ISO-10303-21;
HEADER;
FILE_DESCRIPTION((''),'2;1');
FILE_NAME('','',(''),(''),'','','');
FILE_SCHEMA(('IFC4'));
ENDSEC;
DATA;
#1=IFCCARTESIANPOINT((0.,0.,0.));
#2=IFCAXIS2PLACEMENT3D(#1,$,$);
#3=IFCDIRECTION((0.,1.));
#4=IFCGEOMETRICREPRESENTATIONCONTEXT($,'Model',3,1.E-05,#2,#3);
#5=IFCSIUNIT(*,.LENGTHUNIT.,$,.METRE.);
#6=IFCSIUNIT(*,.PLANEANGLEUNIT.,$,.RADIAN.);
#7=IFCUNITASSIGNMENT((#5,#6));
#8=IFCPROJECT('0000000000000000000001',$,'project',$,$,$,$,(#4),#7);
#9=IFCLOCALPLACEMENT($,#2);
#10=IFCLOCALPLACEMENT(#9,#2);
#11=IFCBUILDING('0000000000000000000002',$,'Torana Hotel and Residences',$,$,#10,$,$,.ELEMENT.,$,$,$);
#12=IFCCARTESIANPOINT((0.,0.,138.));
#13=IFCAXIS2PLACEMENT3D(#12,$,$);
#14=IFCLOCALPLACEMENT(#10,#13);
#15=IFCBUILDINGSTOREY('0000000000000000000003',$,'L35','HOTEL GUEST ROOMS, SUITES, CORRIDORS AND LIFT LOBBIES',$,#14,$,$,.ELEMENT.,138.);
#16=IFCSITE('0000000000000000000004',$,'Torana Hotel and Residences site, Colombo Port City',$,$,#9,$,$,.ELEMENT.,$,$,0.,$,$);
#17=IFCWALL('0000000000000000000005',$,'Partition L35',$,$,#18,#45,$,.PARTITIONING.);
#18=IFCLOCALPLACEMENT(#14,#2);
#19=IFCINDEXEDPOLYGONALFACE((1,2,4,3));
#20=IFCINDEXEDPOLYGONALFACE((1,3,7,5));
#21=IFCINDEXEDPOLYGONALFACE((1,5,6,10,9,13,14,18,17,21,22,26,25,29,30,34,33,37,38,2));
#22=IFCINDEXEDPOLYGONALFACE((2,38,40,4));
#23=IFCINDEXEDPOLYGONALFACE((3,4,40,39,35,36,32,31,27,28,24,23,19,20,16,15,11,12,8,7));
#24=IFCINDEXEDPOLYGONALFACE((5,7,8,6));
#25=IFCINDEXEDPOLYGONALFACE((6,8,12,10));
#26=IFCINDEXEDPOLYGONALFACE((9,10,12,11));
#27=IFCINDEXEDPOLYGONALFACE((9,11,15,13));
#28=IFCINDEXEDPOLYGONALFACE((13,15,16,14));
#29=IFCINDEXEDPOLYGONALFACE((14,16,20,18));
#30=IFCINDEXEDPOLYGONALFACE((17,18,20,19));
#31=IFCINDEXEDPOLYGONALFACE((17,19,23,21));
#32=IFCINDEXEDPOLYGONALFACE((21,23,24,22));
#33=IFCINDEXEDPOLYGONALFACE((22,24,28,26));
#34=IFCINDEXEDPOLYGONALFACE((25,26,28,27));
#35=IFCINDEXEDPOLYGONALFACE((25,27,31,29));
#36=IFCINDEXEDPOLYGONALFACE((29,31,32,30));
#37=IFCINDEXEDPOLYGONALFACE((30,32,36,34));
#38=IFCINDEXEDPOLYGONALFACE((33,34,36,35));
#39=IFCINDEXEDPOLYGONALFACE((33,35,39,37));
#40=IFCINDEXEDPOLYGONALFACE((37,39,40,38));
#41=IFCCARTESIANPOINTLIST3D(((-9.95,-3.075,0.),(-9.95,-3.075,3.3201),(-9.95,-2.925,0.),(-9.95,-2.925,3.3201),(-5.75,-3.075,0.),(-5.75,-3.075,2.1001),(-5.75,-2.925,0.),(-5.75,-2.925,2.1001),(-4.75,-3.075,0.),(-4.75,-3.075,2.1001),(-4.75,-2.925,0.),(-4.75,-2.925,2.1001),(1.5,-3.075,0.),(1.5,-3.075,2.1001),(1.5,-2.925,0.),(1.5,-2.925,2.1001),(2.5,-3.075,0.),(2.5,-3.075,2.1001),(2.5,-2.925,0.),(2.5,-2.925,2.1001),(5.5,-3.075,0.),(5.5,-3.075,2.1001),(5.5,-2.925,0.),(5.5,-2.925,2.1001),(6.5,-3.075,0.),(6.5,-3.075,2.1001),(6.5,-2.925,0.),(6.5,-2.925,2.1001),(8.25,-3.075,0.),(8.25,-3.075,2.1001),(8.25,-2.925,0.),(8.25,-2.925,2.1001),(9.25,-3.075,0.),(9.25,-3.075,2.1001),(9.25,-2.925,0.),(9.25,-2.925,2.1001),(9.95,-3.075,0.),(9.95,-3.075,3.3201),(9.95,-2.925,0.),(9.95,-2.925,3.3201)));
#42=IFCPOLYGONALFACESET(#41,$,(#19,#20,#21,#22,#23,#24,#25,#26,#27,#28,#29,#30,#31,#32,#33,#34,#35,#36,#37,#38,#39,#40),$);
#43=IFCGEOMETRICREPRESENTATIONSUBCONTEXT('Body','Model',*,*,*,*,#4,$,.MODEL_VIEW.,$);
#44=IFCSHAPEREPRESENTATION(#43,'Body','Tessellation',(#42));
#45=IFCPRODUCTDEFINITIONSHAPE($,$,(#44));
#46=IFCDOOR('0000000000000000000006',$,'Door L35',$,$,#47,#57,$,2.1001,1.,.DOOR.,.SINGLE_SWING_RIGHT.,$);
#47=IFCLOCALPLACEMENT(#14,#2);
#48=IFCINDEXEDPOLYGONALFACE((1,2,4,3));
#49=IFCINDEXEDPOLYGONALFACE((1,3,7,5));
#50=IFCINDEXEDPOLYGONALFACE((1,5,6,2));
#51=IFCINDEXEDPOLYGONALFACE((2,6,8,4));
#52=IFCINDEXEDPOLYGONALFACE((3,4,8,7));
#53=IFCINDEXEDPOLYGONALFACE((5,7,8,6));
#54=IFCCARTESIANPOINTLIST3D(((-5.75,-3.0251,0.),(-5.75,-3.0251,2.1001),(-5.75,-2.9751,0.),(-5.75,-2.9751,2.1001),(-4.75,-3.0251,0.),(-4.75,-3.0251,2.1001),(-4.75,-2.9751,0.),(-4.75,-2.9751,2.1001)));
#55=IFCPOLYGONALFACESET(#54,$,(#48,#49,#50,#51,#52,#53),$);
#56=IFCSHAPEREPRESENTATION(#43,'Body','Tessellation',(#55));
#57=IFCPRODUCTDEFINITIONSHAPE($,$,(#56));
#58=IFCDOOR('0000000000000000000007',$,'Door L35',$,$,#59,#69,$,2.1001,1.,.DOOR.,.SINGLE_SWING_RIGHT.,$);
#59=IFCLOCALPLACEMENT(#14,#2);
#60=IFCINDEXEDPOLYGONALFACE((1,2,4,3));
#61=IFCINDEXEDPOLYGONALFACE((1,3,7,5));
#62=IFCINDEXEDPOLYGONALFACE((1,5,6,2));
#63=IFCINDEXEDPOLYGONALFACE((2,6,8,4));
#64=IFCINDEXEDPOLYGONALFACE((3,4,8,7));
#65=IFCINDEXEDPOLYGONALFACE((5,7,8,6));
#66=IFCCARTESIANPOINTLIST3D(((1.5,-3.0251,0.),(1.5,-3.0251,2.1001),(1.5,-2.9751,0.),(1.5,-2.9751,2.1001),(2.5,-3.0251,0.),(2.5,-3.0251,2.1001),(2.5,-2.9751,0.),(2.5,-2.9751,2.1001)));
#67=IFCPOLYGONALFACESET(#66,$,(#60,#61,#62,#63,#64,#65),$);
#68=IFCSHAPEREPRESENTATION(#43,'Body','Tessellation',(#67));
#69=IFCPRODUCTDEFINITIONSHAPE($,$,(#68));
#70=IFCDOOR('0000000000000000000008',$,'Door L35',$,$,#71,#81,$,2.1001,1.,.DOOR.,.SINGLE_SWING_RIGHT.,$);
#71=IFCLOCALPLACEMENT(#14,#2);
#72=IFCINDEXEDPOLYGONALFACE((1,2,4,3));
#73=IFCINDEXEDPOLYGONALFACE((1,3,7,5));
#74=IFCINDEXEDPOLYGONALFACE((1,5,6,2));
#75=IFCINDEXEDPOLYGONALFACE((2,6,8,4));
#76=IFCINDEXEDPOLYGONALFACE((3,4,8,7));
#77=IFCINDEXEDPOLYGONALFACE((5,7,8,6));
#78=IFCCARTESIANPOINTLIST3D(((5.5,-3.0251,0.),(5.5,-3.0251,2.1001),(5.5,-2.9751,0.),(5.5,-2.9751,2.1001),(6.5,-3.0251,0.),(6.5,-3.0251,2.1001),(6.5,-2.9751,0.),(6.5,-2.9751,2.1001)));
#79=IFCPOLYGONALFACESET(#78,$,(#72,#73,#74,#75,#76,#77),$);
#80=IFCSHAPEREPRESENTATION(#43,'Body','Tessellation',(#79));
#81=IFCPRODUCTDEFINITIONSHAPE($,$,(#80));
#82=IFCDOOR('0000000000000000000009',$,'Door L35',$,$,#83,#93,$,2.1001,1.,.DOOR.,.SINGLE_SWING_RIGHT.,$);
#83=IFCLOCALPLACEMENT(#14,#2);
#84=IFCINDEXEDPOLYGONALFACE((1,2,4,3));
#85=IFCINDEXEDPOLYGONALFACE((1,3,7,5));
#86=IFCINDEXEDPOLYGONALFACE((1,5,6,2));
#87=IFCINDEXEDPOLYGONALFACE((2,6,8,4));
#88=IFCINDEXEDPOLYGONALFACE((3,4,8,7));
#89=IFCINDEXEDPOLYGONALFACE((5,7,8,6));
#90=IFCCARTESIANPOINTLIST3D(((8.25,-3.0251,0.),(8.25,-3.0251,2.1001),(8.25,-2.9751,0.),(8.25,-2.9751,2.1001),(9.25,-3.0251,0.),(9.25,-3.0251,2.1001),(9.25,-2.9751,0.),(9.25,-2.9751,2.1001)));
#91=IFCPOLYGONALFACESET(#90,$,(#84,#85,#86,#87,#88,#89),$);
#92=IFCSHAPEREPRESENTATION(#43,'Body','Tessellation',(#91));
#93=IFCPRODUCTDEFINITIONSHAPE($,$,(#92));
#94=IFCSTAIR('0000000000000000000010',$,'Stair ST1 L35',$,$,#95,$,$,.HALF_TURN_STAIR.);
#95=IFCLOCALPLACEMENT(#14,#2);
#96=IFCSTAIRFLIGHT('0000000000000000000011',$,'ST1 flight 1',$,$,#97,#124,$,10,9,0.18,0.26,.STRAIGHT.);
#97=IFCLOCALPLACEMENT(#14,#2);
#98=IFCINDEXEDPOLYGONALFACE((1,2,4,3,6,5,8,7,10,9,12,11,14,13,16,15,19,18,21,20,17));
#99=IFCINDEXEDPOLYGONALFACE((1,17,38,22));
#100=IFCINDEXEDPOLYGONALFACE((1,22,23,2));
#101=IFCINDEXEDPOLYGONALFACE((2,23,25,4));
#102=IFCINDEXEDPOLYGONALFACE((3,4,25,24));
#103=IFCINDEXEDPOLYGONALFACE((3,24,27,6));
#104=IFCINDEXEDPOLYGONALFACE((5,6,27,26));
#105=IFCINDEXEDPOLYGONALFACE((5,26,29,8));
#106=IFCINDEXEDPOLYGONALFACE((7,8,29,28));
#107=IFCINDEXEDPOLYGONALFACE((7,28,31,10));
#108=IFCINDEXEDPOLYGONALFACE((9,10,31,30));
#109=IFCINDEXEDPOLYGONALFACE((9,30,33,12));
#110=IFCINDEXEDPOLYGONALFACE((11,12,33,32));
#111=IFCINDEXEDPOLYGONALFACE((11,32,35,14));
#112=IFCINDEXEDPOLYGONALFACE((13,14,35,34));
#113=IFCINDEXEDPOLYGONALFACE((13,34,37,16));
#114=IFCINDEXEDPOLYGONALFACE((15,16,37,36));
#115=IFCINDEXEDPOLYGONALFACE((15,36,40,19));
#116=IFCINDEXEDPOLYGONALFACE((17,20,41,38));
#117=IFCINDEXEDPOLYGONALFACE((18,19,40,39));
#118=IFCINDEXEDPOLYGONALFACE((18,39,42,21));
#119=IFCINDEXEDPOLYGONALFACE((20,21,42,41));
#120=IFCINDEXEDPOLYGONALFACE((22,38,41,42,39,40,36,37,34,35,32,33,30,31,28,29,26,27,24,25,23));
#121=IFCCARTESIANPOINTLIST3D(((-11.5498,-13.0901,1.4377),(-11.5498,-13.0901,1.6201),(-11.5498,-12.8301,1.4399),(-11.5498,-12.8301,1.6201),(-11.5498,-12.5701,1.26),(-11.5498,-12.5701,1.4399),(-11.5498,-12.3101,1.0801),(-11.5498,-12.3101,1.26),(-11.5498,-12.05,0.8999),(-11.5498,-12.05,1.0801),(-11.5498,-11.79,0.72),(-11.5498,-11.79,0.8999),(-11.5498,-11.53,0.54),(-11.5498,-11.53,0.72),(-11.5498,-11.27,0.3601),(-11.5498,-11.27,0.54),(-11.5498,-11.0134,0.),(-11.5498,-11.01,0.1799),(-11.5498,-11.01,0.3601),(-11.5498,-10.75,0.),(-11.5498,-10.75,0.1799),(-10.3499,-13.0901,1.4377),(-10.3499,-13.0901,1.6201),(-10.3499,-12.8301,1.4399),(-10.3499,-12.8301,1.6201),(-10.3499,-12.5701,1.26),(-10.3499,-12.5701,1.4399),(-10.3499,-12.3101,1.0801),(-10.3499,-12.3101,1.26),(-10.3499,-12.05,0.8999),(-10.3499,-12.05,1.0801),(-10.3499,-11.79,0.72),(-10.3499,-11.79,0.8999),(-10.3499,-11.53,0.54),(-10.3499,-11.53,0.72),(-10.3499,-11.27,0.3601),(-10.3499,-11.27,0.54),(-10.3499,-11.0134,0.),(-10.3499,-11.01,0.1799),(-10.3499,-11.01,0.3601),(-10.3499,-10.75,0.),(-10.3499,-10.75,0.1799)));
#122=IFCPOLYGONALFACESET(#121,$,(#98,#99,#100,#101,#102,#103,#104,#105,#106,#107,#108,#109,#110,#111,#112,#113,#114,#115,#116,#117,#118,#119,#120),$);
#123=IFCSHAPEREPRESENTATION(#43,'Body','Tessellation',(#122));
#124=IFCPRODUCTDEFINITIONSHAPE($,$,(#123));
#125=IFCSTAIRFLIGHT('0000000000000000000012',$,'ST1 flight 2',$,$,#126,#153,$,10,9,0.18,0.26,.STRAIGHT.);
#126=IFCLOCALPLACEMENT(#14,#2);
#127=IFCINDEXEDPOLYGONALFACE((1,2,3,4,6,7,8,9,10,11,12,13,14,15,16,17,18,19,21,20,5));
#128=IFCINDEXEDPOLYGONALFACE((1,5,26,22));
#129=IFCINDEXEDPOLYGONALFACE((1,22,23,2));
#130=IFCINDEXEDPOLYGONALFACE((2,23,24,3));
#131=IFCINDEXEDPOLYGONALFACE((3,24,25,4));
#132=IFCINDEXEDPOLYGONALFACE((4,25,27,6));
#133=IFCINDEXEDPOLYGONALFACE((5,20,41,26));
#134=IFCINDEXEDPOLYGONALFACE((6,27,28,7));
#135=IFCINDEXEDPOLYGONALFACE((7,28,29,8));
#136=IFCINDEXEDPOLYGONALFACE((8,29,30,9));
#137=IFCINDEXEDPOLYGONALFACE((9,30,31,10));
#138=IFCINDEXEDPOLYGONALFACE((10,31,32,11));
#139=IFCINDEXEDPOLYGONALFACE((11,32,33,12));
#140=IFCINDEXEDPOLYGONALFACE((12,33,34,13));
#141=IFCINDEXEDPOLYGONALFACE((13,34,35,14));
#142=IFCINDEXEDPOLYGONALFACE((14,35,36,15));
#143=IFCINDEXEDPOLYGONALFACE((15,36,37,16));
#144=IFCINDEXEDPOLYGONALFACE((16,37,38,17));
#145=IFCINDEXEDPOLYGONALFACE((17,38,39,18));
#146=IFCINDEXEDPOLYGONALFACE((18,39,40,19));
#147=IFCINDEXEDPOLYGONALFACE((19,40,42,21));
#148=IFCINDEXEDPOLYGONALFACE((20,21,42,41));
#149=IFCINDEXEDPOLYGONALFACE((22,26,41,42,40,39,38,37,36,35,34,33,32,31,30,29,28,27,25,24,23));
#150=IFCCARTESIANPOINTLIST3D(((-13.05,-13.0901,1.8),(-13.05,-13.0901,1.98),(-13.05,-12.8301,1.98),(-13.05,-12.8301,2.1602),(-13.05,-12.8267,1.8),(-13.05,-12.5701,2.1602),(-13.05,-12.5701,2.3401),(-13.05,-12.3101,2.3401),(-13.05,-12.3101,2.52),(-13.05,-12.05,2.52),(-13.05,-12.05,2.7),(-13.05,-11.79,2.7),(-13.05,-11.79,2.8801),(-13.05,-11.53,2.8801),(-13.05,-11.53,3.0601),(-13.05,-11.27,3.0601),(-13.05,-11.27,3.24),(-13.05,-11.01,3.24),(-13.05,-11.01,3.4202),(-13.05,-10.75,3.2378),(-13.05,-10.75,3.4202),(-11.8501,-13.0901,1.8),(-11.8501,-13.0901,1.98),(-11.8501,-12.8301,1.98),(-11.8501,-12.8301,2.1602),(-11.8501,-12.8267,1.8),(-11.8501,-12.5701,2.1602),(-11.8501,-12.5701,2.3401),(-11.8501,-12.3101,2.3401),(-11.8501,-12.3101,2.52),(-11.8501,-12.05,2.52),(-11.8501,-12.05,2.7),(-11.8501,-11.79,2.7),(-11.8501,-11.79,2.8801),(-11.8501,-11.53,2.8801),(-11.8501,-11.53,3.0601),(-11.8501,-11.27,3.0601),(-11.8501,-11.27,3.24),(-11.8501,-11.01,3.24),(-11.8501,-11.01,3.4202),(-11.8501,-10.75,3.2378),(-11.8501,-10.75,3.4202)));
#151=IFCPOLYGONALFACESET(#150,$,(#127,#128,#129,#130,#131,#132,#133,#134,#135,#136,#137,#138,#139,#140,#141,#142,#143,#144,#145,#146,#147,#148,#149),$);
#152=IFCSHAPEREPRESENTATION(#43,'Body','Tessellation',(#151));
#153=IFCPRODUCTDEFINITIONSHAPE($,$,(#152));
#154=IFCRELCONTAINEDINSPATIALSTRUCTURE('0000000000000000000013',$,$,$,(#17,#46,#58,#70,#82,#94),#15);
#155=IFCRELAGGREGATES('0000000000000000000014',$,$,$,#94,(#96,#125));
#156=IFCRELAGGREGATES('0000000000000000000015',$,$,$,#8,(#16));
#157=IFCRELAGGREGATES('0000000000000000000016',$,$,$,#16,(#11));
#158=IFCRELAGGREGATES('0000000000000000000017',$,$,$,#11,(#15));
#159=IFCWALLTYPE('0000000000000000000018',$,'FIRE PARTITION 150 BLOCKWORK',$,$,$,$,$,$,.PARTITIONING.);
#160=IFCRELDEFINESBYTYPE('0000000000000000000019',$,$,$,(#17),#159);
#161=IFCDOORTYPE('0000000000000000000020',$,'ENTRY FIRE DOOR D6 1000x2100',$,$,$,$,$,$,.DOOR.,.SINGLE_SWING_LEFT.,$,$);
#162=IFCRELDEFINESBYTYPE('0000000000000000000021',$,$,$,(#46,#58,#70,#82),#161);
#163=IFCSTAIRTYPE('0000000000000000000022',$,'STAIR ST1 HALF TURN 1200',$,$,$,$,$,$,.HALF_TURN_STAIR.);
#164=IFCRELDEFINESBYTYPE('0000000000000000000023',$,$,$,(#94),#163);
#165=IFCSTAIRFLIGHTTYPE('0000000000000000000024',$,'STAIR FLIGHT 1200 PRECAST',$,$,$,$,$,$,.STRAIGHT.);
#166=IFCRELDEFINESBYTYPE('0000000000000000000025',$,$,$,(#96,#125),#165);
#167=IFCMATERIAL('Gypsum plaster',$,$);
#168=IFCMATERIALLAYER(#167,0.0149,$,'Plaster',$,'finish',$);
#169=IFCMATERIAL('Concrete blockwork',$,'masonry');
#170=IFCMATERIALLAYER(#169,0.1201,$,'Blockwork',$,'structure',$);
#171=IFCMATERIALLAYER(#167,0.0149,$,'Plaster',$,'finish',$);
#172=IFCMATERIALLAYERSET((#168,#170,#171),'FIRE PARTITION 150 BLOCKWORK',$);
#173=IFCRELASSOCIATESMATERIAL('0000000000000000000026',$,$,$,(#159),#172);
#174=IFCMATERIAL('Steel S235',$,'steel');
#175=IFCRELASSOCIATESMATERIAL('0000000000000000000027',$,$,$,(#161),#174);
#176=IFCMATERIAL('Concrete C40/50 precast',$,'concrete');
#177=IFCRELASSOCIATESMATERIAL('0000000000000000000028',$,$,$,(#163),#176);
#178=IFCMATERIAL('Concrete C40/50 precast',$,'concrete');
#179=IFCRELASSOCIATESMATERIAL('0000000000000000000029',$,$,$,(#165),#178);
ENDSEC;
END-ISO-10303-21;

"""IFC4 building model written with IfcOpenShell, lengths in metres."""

from ifc_helpers import new_model, si_unit, direction, frame, frame_2d, origin, place, context, subcontext, project, spatial, polyline, rectangle, outline, extrude, material, layer, layer_set, type_object, element, fill, aggregate, save


model = new_model("IFC4")

# Units and contexts
model_context = context("Model", 3, precision=1e-05, world=origin(), true_north=direction((0.0, 1.0)))
body_context = subcontext(model_context, "Body", "Model", "MODEL_VIEW")
ifc_project = project(units=[si_unit("LENGTHUNIT", "METRE"), si_unit("PLANEANGLEUNIT", "RADIAN")], contexts=[model_context])

# Site, building, storey
site_placement = place(None, origin())
site = spatial("IfcSite", under=ifc_project, at=site_placement, Name="Torana Hotel and Residences site, Colombo Port City", CompositionType="ELEMENT", RefElevation=0.0)
building_placement = place(site_placement, origin())
building = spatial("IfcBuilding", under=site, at=building_placement, Name="Torana Hotel and Residences", CompositionType="ELEMENT")
storey_placement = place(building_placement, frame((0.0, 0.0, 138.0)))
storey = spatial("IfcBuildingStorey", under=building, at=storey_placement, Name="L35", Description="HOTEL GUEST ROOMS, SUITES, CORRIDORS AND LIFT LOBBIES", CompositionType="ELEMENT", Elevation=138.0)

# Shared definitions
ifc_material_1 = material(Name="Gypsum plaster")
ifc_layer_1 = layer(ifc_material_1, 0.0149, Name="Plaster", Category="finish")
ifc_material_2 = material(Name="Concrete blockwork", Category="masonry")
ifc_layer_2 = layer(ifc_material_2, 0.1201, Name="Blockwork", Category="structure")
ifc_layer_3 = layer(ifc_material_1, 0.0149, Name="Plaster", Category="finish")
ifc_layer_set_1 = layer_set([ifc_layer_1, ifc_layer_2, ifc_layer_3], Name="FIRE PARTITION 150 BLOCKWORK")
wall_type_1 = type_object("IfcWallType", Name="FIRE PARTITION 150 BLOCKWORK", PredefinedType="PARTITIONING", material=ifc_layer_set_1)

# Wall, openings, doors
ifc_material_3 = material(Name="Steel S235", Category="steel")
door_type_1 = type_object("IfcDoorType", Name="ENTRY FIRE DOOR D6 1000x2100", OperationType="SINGLE_SWING_LEFT", PredefinedType="DOOR", material=ifc_material_3)
wall_1_placement = place(storey_placement, frame((-9.95, -3.0, 0.0), z_axis=(0.0, 0.0, 1.0), x_axis=(1.0, 0.0, 0.0)))
wall_1 = element("IfcWall", 1, at=wall_1_placement, inside=storey, type_object=wall_type_1, Name="Partition L35", PredefinedType="PARTITIONING", context=body_context, shape_type="SweptSolid", body=[
    extrude(rectangle(XDim=19.8999, YDim=0.1499, at=frame_2d((9.95, 0.0))), origin(), (0.0, 0.0, 1.0), 3.3201),
])
opening_1_placement = place(wall_1_placement, frame((4.2, 0.0, 0.0)))
opening_1 = element("IfcOpeningElement", 2, at=opening_1_placement, cuts=wall_1, PredefinedType="OPENING", context=body_context, shape_type="SweptSolid", body=[
    extrude(rectangle(XDim=1.0, YDim=2.1001, at=frame_2d((0.5, 1.05))), frame((0.0, 0.085, 0.0), z_axis=(0.0, -1.0, 0.0), x_axis=(1.0, 0.0, 0.0)), (0.0, 0.0, 1.0), 0.1699),
])
opening_2_placement = place(wall_1_placement, frame((11.45, 0.0, 0.0)))
opening_2 = element("IfcOpeningElement", 3, at=opening_2_placement, cuts=wall_1, PredefinedType="OPENING", context=body_context, shape_type="SweptSolid", body=[
    extrude(rectangle(XDim=1.0, YDim=2.1001, at=frame_2d((0.5, 1.05))), frame((0.0, 0.085, 0.0), z_axis=(0.0, -1.0, 0.0), x_axis=(1.0, 0.0, 0.0)), (0.0, 0.0, 1.0), 0.1699),
])
opening_3_placement = place(wall_1_placement, frame((15.45, 0.0, 0.0)))
opening_3 = element("IfcOpeningElement", 4, at=opening_3_placement, cuts=wall_1, PredefinedType="OPENING", context=body_context, shape_type="SweptSolid", body=[
    extrude(rectangle(XDim=1.0, YDim=2.1001, at=frame_2d((0.5, 1.05))), frame((0.0, 0.085, 0.0), z_axis=(0.0, -1.0, 0.0), x_axis=(1.0, 0.0, 0.0)), (0.0, 0.0, 1.0), 0.1699),
])
opening_4_placement = place(wall_1_placement, frame((18.2, 0.0, 0.0)))
opening_4 = element("IfcOpeningElement", 5, at=opening_4_placement, cuts=wall_1, PredefinedType="OPENING", context=body_context, shape_type="SweptSolid", body=[
    extrude(rectangle(XDim=1.0, YDim=2.1001, at=frame_2d((0.5, 1.05))), frame((0.0, 0.085, 0.0), z_axis=(0.0, -1.0, 0.0), x_axis=(1.0, 0.0, 0.0)), (0.0, 0.0, 1.0), 0.1699),
])
door_1_placement = place(opening_1_placement, origin())
door_1 = element("IfcDoor", 6, at=door_1_placement, inside=storey, type_object=door_type_1, Name="Door L35", OperationType="SINGLE_SWING_RIGHT", OverallHeight=2.1001, OverallWidth=1.0, PredefinedType="DOOR", context=body_context, shape_type="SweptSolid", body=[
    extrude(rectangle(XDim=1.0, YDim=2.1001, at=frame_2d((0.5, 1.05))), frame((0.0, 0.0249, 0.0), z_axis=(0.0, -1.0, 0.0), x_axis=(1.0, 0.0, 0.0)), (0.0, 0.0, 1.0), 0.05),
])
fill(opening_1, door_1)
door_2_placement = place(opening_2_placement, origin())
door_2 = element("IfcDoor", 7, at=door_2_placement, inside=storey, type_object=door_type_1, Name="Door L35", OperationType="SINGLE_SWING_RIGHT", OverallHeight=2.1001, OverallWidth=1.0, PredefinedType="DOOR", context=body_context, shape_type="SweptSolid", body=[
    extrude(rectangle(XDim=1.0, YDim=2.1001, at=frame_2d((0.5, 1.05))), frame((0.0, 0.0249, 0.0), z_axis=(0.0, -1.0, 0.0), x_axis=(1.0, 0.0, 0.0)), (0.0, 0.0, 1.0), 0.05),
])
fill(opening_2, door_2)
door_3_placement = place(opening_3_placement, origin())
door_3 = element("IfcDoor", 8, at=door_3_placement, inside=storey, type_object=door_type_1, Name="Door L35", OperationType="SINGLE_SWING_RIGHT", OverallHeight=2.1001, OverallWidth=1.0, PredefinedType="DOOR", context=body_context, shape_type="SweptSolid", body=[
    extrude(rectangle(XDim=1.0, YDim=2.1001, at=frame_2d((0.5, 1.05))), frame((0.0, 0.0249, 0.0), z_axis=(0.0, -1.0, 0.0), x_axis=(1.0, 0.0, 0.0)), (0.0, 0.0, 1.0), 0.05),
])
fill(opening_3, door_3)
door_4_placement = place(opening_4_placement, origin())
door_4 = element("IfcDoor", 9, at=door_4_placement, inside=storey, type_object=door_type_1, Name="Door L35", OperationType="SINGLE_SWING_RIGHT", OverallHeight=2.1001, OverallWidth=1.0, PredefinedType="DOOR", context=body_context, shape_type="SweptSolid", body=[
    extrude(rectangle(XDim=1.0, YDim=2.1001, at=frame_2d((0.5, 1.05))), frame((0.0, 0.0249, 0.0), z_axis=(0.0, -1.0, 0.0), x_axis=(1.0, 0.0, 0.0)), (0.0, 0.0, 1.0), 0.05),
])
fill(opening_4, door_4)

# Stair, stair flights
ifc_material_4 = material(Name="Concrete C40/50 precast", Category="concrete")
stair_type = type_object("IfcStairType", Name="STAIR ST1 HALF TURN 1200", PredefinedType="HALF_TURN_STAIR", material=ifc_material_4)
stair_placement = place(storey_placement, origin())
stair = element("IfcStair", 10, at=stair_placement, inside=storey, type_object=stair_type, Name="Stair ST1 L35", PredefinedType="HALF_TURN_STAIR")
ifc_material_5 = material(Name="Concrete C40/50 precast", Category="concrete")
stair_flight_type = type_object("IfcStairFlightType", Name="STAIR FLIGHT 1200 PRECAST", PredefinedType="STRAIGHT", material=ifc_material_5)
stair_flight_1_placement = place(storey_placement, frame((-10.95, -10.75, 0.0), z_axis=(0.0, 0.0, 1.0), x_axis=(0.0, -1.0, 0.0)))
stair_flight_1 = element("IfcStairFlight", 11, at=stair_flight_1_placement, type_object=stair_flight_type, Name="ST1 flight 1", NumberOfRisers=10, NumberOfTreads=9, PredefinedType="STRAIGHT", RiserHeight=0.18, TreadLength=0.26, context=body_context, shape_type="SweptSolid", body=[
    extrude(outline(polyline([(0.0, 0.0), (0.0, 0.1799), (0.26, 0.1799), (0.26, 0.3601), (0.52, 0.3601), (0.52, 0.54), (0.78, 0.54), (0.78, 0.72), (1.04, 0.72), (1.04, 0.8999), (1.3, 0.8999), (1.3, 1.0801), (1.5601, 1.0801), (1.5601, 1.26), (1.8201, 1.26), (1.8201, 1.4399), (2.0801, 1.4399), (2.0801, 1.6201), (2.3401, 1.6201), (2.3401, 1.8), (2.3401, 1.4377), (0.2634, 0.0), (0.0, 0.0)])), frame((0.0, 0.6001, 0.0), z_axis=(0.0, -1.0, 0.0), x_axis=(1.0, 0.0, 0.0)), (0.0, 0.0, 1.0), 1.2),
])
stair_flight_2_placement = place(storey_placement, frame((-12.45, -13.0901, 1.8), z_axis=(0.0, 0.0, 1.0), x_axis=(0.0, 1.0, 0.0)))
stair_flight_2 = element("IfcStairFlight", 12, at=stair_flight_2_placement, type_object=stair_flight_type, Name="ST1 flight 2", NumberOfRisers=10, NumberOfTreads=9, PredefinedType="STRAIGHT", RiserHeight=0.18, TreadLength=0.26, context=body_context, shape_type="SweptSolid", body=[
    extrude(outline(polyline([(0.0, 0.0), (0.0, 0.1799), (0.26, 0.1799), (0.26, 0.3601), (0.52, 0.3601), (0.52, 0.54), (0.78, 0.54), (0.78, 0.72), (1.04, 0.72), (1.04, 0.8999), (1.3, 0.8999), (1.3, 1.0801), (1.5601, 1.0801), (1.5601, 1.26), (1.8201, 1.26), (1.8201, 1.4399), (2.0801, 1.4399), (2.0801, 1.6201), (2.3401, 1.6201), (2.3401, 1.8), (2.3401, 1.4377), (0.2634, 0.0), (0.0, 0.0)])), frame((0.0, 0.6001, 0.0), z_axis=(0.0, -1.0, 0.0), x_axis=(1.0, 0.0, 0.0)), (0.0, 0.0, 1.0), 1.2),
])
aggregate(stair, [stair_flight_1, stair_flight_2])

save(model, "model.ifc")
